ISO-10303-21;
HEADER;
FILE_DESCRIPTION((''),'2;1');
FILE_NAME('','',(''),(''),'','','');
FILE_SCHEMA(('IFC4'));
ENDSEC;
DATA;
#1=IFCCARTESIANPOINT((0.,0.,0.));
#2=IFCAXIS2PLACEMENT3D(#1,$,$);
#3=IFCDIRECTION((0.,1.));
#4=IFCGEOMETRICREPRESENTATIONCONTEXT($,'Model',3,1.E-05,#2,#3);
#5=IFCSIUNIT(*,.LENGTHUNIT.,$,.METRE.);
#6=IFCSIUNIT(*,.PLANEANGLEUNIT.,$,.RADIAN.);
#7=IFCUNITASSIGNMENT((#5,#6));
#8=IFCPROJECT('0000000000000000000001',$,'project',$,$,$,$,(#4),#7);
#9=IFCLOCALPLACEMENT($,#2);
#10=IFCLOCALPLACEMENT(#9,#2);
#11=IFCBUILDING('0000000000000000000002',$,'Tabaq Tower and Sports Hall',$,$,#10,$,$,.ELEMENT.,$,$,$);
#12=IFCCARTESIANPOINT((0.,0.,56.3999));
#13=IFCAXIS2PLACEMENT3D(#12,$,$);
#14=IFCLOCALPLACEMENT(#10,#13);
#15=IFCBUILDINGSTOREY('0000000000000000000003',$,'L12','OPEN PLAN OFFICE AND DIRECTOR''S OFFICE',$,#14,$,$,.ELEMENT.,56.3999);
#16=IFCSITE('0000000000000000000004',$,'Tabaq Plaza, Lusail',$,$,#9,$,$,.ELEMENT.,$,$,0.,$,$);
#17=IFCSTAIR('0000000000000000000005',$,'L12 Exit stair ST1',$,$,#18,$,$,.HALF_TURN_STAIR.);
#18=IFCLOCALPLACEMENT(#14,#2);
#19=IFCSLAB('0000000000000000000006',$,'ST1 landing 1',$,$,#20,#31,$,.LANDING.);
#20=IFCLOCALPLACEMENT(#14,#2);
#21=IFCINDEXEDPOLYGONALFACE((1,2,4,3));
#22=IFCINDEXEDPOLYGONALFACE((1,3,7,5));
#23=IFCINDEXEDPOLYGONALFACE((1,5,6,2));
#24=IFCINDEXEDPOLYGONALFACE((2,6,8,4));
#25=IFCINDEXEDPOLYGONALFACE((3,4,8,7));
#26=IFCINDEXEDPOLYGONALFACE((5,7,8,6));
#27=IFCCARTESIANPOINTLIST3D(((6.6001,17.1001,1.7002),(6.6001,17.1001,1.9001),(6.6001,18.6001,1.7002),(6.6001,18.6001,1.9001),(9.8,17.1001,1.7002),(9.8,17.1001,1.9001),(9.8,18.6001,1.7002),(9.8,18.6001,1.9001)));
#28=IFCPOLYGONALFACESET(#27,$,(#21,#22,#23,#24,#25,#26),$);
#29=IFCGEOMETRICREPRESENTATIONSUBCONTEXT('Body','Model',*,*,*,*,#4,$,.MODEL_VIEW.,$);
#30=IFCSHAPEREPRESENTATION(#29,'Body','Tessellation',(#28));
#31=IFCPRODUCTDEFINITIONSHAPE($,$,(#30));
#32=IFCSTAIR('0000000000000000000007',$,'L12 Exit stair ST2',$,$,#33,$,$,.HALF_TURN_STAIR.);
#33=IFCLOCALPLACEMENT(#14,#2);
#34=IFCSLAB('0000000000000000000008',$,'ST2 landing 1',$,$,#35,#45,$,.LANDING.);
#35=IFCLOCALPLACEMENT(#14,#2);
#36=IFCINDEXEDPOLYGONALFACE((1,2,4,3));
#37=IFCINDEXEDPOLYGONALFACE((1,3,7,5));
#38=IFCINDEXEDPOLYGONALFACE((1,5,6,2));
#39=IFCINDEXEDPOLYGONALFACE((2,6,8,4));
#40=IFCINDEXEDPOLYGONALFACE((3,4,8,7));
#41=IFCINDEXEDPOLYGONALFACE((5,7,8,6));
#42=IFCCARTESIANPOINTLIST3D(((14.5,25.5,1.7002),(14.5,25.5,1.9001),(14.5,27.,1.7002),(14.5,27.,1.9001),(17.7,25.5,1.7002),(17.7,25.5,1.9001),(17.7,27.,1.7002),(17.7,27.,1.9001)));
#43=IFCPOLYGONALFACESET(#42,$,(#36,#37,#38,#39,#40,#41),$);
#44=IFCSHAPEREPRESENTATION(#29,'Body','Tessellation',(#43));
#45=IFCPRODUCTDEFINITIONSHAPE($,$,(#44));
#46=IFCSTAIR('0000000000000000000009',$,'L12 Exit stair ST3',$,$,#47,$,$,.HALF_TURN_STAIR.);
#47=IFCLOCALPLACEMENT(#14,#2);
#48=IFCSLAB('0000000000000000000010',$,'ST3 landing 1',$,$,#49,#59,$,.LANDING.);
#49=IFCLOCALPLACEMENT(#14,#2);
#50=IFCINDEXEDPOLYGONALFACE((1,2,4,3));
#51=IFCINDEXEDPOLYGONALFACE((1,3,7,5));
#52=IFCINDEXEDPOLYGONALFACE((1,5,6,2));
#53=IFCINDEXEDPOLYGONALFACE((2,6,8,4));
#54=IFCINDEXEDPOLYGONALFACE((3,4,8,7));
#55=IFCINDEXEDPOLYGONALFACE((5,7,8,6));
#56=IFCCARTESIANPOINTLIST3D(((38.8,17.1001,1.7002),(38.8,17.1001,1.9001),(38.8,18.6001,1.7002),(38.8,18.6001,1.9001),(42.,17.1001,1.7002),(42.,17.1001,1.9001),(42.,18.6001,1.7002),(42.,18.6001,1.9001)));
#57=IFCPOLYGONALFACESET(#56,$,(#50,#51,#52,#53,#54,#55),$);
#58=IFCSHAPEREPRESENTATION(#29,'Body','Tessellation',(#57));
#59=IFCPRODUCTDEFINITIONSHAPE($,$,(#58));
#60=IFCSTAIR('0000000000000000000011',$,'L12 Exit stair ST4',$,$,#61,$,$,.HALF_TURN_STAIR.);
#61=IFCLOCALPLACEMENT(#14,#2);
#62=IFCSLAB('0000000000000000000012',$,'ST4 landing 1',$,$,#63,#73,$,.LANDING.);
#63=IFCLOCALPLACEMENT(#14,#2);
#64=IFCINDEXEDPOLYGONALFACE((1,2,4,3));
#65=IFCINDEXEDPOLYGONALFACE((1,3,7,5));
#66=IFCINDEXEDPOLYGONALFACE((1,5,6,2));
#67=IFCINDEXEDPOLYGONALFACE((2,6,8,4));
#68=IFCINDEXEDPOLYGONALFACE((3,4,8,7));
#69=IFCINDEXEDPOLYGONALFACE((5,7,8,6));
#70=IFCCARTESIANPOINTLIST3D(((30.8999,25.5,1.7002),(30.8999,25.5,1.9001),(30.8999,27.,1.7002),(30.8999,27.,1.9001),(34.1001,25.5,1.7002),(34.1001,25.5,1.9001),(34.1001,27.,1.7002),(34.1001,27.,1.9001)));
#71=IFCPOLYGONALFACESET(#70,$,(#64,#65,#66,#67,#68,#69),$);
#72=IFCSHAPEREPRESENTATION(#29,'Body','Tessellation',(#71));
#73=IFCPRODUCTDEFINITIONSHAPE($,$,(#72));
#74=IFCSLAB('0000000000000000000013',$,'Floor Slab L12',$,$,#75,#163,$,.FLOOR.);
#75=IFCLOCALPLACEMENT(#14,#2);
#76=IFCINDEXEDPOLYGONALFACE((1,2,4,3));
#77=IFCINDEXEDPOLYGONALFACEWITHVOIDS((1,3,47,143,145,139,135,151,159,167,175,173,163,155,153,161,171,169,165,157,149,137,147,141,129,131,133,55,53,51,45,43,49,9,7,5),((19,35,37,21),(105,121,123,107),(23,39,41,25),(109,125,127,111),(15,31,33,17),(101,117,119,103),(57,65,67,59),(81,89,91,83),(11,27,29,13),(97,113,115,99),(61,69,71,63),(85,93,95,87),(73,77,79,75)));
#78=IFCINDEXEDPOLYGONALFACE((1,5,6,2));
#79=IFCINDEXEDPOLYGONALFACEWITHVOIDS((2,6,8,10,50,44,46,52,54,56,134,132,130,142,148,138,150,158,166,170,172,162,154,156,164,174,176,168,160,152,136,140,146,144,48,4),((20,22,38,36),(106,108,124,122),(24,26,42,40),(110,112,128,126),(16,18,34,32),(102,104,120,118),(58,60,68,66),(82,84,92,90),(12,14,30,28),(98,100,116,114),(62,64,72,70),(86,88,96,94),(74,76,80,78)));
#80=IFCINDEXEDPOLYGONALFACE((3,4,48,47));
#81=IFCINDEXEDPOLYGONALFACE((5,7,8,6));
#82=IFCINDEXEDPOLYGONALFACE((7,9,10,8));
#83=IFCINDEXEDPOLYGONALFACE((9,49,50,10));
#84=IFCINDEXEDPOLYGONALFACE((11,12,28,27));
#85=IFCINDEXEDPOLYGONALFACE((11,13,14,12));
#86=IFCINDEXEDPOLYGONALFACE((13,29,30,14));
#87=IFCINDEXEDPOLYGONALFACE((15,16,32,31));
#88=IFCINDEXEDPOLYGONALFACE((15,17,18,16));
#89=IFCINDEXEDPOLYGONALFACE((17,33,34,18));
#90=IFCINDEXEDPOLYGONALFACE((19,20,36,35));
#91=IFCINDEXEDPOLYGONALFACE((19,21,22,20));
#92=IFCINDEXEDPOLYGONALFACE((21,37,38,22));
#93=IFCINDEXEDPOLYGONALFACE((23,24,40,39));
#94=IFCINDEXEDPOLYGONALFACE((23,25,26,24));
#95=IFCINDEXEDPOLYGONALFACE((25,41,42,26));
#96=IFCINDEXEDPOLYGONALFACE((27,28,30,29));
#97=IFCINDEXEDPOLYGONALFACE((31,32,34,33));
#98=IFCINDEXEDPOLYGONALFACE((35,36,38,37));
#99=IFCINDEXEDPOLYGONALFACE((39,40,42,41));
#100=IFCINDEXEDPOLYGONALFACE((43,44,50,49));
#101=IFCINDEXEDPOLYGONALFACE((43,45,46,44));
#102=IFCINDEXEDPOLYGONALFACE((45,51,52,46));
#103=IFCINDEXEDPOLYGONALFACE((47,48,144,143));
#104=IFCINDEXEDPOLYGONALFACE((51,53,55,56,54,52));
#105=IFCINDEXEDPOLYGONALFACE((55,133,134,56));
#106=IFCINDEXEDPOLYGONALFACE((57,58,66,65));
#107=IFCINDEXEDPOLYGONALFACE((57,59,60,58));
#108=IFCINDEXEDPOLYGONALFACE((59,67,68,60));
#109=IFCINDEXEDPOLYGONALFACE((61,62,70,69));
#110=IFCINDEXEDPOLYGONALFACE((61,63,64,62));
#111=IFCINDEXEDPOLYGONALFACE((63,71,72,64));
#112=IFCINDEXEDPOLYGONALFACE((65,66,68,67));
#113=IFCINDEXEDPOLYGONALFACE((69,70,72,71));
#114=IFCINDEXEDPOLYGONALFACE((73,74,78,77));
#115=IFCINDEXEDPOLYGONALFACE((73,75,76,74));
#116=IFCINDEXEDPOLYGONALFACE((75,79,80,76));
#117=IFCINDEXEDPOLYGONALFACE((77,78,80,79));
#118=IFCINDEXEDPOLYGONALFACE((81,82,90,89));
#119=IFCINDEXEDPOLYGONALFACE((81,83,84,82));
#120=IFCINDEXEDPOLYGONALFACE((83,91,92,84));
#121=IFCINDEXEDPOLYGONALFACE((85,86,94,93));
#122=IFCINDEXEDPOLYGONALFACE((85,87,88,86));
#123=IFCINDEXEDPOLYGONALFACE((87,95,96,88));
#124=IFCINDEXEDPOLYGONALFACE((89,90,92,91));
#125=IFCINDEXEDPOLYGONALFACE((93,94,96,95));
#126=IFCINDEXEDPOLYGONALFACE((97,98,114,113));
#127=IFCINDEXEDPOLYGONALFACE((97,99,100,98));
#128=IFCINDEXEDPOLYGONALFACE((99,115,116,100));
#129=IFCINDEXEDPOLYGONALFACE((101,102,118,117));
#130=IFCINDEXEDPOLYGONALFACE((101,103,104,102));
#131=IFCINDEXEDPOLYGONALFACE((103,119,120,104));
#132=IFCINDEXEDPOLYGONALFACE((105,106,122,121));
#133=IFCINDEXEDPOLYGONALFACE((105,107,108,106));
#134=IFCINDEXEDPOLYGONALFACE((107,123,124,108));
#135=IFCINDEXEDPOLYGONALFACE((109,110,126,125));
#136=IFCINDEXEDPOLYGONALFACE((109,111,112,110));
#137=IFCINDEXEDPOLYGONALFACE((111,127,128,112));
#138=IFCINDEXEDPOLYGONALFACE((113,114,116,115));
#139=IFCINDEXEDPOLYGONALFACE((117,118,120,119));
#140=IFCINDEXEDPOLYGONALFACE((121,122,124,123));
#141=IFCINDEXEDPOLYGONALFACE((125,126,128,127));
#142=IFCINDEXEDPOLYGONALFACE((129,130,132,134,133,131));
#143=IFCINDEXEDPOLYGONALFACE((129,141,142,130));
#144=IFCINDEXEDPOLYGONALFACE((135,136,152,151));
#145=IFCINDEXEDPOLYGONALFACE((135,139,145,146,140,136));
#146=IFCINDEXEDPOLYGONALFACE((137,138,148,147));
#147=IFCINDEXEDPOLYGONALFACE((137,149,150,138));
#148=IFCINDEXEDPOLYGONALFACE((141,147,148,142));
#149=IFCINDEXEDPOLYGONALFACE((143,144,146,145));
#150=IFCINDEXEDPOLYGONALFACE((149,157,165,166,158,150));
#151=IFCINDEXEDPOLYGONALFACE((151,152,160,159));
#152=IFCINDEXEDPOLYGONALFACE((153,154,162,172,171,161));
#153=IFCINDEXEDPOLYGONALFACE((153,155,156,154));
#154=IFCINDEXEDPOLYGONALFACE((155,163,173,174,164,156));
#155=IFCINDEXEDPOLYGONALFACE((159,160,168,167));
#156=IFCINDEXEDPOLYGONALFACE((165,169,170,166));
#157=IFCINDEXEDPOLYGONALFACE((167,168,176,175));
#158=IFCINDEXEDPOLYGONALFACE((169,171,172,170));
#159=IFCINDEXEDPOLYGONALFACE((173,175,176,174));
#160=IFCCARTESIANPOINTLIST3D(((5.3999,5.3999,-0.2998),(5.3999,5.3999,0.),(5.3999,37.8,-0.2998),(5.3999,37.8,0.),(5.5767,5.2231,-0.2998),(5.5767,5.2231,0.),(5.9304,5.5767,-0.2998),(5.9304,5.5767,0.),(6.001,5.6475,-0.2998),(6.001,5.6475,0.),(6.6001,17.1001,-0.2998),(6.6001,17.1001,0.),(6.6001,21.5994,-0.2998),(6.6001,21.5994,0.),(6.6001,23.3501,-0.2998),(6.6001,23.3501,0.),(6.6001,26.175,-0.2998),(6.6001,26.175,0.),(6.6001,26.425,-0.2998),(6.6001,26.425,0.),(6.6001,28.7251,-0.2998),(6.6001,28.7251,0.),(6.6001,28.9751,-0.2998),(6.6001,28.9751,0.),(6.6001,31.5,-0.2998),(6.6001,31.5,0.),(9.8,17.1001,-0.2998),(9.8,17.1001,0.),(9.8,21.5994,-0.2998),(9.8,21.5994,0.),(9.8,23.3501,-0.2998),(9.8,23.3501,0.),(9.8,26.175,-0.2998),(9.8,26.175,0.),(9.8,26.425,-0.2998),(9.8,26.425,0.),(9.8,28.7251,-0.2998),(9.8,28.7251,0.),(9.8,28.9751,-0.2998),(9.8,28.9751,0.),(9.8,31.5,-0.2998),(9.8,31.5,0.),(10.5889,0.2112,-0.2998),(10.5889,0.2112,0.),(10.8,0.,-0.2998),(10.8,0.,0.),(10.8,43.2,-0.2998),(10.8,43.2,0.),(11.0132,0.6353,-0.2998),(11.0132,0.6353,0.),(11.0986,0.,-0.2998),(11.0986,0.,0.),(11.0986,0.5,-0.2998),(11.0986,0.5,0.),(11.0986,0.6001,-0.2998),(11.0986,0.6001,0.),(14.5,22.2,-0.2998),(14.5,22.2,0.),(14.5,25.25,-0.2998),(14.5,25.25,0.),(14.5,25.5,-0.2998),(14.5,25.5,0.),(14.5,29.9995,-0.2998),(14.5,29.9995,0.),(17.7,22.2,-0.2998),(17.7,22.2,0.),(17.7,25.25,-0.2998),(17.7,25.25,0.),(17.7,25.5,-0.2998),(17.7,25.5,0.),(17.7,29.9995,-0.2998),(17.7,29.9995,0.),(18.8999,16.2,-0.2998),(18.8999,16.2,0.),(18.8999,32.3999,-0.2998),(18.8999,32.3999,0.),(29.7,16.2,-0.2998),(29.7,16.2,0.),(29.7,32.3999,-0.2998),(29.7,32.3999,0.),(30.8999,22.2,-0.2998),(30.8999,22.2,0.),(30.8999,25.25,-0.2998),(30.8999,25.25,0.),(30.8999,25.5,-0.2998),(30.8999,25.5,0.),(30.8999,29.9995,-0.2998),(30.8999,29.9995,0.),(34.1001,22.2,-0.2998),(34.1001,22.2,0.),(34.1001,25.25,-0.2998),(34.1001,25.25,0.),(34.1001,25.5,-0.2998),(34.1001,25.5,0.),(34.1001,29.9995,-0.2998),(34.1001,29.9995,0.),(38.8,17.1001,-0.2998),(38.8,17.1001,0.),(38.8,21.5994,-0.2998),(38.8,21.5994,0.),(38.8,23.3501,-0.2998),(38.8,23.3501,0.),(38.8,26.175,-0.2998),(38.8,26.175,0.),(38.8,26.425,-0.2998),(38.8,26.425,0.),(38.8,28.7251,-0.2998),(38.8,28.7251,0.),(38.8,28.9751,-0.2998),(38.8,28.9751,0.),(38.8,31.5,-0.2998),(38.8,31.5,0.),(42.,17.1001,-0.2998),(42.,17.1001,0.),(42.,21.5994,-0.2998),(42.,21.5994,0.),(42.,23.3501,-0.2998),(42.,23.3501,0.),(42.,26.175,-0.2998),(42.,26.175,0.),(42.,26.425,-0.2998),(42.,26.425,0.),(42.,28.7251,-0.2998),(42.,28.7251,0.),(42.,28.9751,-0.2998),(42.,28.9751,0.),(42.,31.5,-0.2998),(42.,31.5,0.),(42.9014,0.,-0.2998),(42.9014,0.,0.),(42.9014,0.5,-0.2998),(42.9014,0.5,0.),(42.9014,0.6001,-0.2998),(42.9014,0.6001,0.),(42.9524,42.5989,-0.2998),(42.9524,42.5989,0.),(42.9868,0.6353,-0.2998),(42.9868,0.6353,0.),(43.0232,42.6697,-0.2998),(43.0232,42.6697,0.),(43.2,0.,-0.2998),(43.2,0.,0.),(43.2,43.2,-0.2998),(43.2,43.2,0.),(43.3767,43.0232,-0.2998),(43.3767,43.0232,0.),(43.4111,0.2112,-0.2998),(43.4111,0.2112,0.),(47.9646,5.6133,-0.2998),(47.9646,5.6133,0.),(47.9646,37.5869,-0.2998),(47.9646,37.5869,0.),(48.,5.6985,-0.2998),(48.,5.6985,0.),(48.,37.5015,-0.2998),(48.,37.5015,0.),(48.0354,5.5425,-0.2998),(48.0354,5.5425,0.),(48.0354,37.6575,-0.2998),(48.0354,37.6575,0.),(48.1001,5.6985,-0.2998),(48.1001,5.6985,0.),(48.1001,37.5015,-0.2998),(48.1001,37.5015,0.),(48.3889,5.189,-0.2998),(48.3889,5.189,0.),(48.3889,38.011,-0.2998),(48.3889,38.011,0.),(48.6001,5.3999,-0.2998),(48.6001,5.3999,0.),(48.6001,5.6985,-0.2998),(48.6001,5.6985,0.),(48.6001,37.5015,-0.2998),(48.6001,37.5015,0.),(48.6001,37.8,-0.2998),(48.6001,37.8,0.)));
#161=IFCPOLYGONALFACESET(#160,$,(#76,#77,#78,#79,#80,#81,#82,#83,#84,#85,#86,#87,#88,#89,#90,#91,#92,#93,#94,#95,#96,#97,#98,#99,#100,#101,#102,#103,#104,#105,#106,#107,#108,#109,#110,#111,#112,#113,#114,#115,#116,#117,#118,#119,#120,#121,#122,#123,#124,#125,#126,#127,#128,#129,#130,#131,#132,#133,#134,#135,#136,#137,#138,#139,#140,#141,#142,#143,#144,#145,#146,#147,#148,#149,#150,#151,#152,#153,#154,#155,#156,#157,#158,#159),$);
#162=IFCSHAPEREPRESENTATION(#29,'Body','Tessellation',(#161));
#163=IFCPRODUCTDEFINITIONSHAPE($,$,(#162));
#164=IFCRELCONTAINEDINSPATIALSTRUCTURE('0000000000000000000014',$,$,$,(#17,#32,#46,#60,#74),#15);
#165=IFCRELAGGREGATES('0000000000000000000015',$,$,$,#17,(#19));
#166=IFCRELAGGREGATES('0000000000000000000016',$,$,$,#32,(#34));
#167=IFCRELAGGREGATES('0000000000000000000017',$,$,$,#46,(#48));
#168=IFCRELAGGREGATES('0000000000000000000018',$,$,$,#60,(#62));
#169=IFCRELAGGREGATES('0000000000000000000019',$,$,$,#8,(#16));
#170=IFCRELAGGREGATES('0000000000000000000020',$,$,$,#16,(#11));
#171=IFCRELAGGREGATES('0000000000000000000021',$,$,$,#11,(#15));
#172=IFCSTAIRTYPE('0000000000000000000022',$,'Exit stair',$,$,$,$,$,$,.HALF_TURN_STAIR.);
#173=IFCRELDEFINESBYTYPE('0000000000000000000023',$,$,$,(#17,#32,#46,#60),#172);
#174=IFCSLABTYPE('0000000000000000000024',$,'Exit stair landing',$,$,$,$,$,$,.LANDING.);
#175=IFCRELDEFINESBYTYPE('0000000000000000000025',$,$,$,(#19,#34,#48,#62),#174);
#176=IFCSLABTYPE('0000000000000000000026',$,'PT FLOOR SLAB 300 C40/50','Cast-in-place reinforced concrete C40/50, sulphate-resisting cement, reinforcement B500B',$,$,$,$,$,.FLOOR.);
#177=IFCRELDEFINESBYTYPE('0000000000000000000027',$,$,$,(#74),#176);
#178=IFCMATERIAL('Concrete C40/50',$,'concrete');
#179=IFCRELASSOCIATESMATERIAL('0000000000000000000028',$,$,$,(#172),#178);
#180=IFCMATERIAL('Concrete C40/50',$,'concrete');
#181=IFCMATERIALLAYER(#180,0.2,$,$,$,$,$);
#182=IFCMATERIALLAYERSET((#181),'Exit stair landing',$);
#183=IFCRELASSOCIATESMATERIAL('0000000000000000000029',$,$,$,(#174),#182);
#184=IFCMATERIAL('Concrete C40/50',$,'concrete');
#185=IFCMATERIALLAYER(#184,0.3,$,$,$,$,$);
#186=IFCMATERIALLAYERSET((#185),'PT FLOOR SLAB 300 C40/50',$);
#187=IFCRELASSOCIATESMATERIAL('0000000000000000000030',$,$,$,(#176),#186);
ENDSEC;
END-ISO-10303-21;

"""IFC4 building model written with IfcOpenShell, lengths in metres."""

from ifc_helpers import new_model, si_unit, direction, frame, origin, place, context, subcontext, project, spatial, polyline, outline, extrude, material, layer, layer_set, type_object, element, aggregate, save


model = new_model("IFC4")

# Units and contexts
model_context = context("Model", 3, precision=1e-05, world=origin(), true_north=direction((0.0, 1.0)))
body_context = subcontext(model_context, "Body", "Model", "MODEL_VIEW")
ifc_project = project(units=[si_unit("LENGTHUNIT", "METRE"), si_unit("PLANEANGLEUNIT", "RADIAN")], contexts=[model_context])

# Site, building, storey
site_placement = place(None, origin())
site = spatial("IfcSite", under=ifc_project, at=site_placement, Name="Tabaq Plaza, Lusail", CompositionType="ELEMENT", RefElevation=0.0)
building_placement = place(site_placement, origin())
building = spatial("IfcBuilding", under=site, at=building_placement, Name="Tabaq Tower and Sports Hall", CompositionType="ELEMENT")
storey_placement = place(building_placement, frame((0.0, 0.0, 56.3999)))
storey = spatial("IfcBuildingStorey", under=building, at=storey_placement, Name="L12", Description="OPEN PLAN OFFICE AND DIRECTOR'S OFFICE", CompositionType="ELEMENT", Elevation=56.3999)

# Stairs, slabs
ifc_material_1 = material(Name="Concrete C40/50", Category="concrete")
stair_type = type_object("IfcStairType", Name="Exit stair", PredefinedType="HALF_TURN_STAIR", material=ifc_material_1)
stair_1_placement = place(storey_placement, origin())
stair_1 = element("IfcStair", 1, at=stair_1_placement, inside=storey, type_object=stair_type, Name="L12 Exit stair ST1", PredefinedType="HALF_TURN_STAIR")
ifc_material_2 = material(Name="Concrete C40/50", Category="concrete")
ifc_layer_1 = layer(ifc_material_2, 0.2)
ifc_layer_set_1 = layer_set([ifc_layer_1], Name="Exit stair landing")
slab_type_1 = type_object("IfcSlabType", Name="Exit stair landing", PredefinedType="LANDING", material=ifc_layer_set_1)
slab_1_placement = place(storey_placement, frame((0.0, 0.0, 1.7002)))
slab_1 = element("IfcSlab", 2, at=slab_1_placement, type_object=slab_type_1, Name="ST1 landing 1", PredefinedType="LANDING", context=body_context, shape_type="SweptSolid", body=[
    extrude(outline(polyline([(6.6001, 18.6001), (6.6001, 17.1001), (9.8, 17.1001), (9.8, 18.6001), (6.6001, 18.6001)])), origin(), (0.0, 0.0, 1.0), 0.2),
])
aggregate(stair_1, [slab_1])
stair_2_placement = place(storey_placement, origin())
stair_2 = element("IfcStair", 3, at=stair_2_placement, inside=storey, type_object=stair_type, Name="L12 Exit stair ST2", PredefinedType="HALF_TURN_STAIR")
slab_2_placement = place(storey_placement, frame((0.0, 0.0, 1.7002)))
slab_2 = element("IfcSlab", 4, at=slab_2_placement, type_object=slab_type_1, Name="ST2 landing 1", PredefinedType="LANDING", context=body_context, shape_type="SweptSolid", body=[
    extrude(outline(polyline([(14.5, 27.0), (14.5, 25.5), (17.7, 25.5), (17.7, 27.0), (14.5, 27.0)])), origin(), (0.0, 0.0, 1.0), 0.2),
])
aggregate(stair_2, [slab_2])
stair_3_placement = place(storey_placement, origin())
stair_3 = element("IfcStair", 5, at=stair_3_placement, inside=storey, type_object=stair_type, Name="L12 Exit stair ST3", PredefinedType="HALF_TURN_STAIR")
slab_3_placement = place(storey_placement, frame((0.0, 0.0, 1.7002)))
slab_3 = element("IfcSlab", 6, at=slab_3_placement, type_object=slab_type_1, Name="ST3 landing 1", PredefinedType="LANDING", context=body_context, shape_type="SweptSolid", body=[
    extrude(outline(polyline([(38.8, 18.6001), (38.8, 17.1001), (42.0, 17.1001), (42.0, 18.6001), (38.8, 18.6001)])), origin(), (0.0, 0.0, 1.0), 0.2),
])
aggregate(stair_3, [slab_3])
stair_4_placement = place(storey_placement, origin())
stair_4 = element("IfcStair", 7, at=stair_4_placement, inside=storey, type_object=stair_type, Name="L12 Exit stair ST4", PredefinedType="HALF_TURN_STAIR")
slab_4_placement = place(storey_placement, frame((0.0, 0.0, 1.7002)))
slab_4 = element("IfcSlab", 8, at=slab_4_placement, type_object=slab_type_1, Name="ST4 landing 1", PredefinedType="LANDING", context=body_context, shape_type="SweptSolid", body=[
    extrude(outline(polyline([(30.8999, 27.0), (30.8999, 25.5), (34.1001, 25.5), (34.1001, 27.0), (30.8999, 27.0)])), origin(), (0.0, 0.0, 1.0), 0.2),
])
aggregate(stair_4, [slab_4])

# Slab
ifc_material_3 = material(Name="Concrete C40/50", Category="concrete")
ifc_layer_2 = layer(ifc_material_3, 0.3)
ifc_layer_set_2 = layer_set([ifc_layer_2], Name="PT FLOOR SLAB 300 C40/50")
slab_type_2 = type_object("IfcSlabType", Name="PT FLOOR SLAB 300 C40/50", Description="Cast-in-place reinforced concrete C40/50, sulphate-resisting cement, reinforcement B500B", PredefinedType="FLOOR", material=ifc_layer_set_2)
slab_5_placement = place(storey_placement, frame((0.0, 0.0, -0.2998)))
element("IfcSlab", 9, at=slab_5_placement, inside=storey, type_object=slab_type_2, Name="Floor Slab L12", PredefinedType="FLOOR", context=body_context, shape_type="SweptSolid", body=[
    extrude(outline(polyline([(5.3999, 37.8), (5.3999, 5.3999), (5.5767, 5.2231), (5.9304, 5.5767), (6.001, 5.6475), (11.0132, 0.6353), (10.5889, 0.2112), (10.8, 0.0), (11.0986, 0.0), (11.0986, 0.5), (11.0986, 0.6001), (42.9014, 0.6001), (42.9014, 0.5), (42.9014, 0.0), (43.2, 0.0), (43.4111, 0.2112), (42.9868, 0.6353), (47.9646, 5.6133), (48.0354, 5.5425), (48.3889, 5.189), (48.6001, 5.3999), (48.6001, 5.6985), (48.1001, 5.6985), (48.0, 5.6985), (48.0, 37.5015), (48.1001, 37.5015), (48.6001, 37.5015), (48.6001, 37.8), (48.3889, 38.011), (48.0354, 37.6575), (47.9646, 37.5869), (42.9524, 42.5989), (43.0232, 42.6697), (43.3767, 43.0232), (43.2, 43.2), (10.8, 43.2), (5.3999, 37.8)]), holes=[polyline([(6.6001, 21.5994), (9.8, 21.5994), (9.8, 17.1001), (6.6001, 17.1001), (6.6001, 21.5994)]), polyline([(17.7, 25.25), (17.7, 22.2), (14.5, 22.2), (14.5, 25.25), (17.7, 25.25)]), polyline([(18.8999, 32.3999), (29.7, 32.3999), (29.7, 16.2), (18.8999, 16.2), (18.8999, 32.3999)]), polyline([(6.6001, 26.175), (9.8, 26.175), (9.8, 23.3501), (6.6001, 23.3501), (6.6001, 26.175)]), polyline([(9.8, 28.7251), (9.8, 26.425), (6.6001, 26.425), (6.6001, 28.7251), (9.8, 28.7251)]), polyline([(17.7, 29.9995), (17.7, 25.5), (14.5, 25.5), (14.5, 29.9995), (17.7, 29.9995)]), polyline([(6.6001, 31.5), (9.8, 31.5), (9.8, 28.9751), (6.6001, 28.9751), (6.6001, 31.5)]), polyline([(42.0, 21.5994), (42.0, 17.1001), (38.8, 17.1001), (38.8, 21.5994), (42.0, 21.5994)]), polyline([(34.1001, 25.25), (34.1001, 22.2), (30.8999, 22.2), (30.8999, 25.25), (34.1001, 25.25)]), polyline([(42.0, 26.175), (42.0, 23.3501), (38.8, 23.3501), (38.8, 26.175), (42.0, 26.175)]), polyline([(42.0, 28.7251), (42.0, 26.425), (38.8, 26.425), (38.8, 28.7251), (42.0, 28.7251)]), polyline([(34.1001, 29.9995), (34.1001, 25.5), (30.8999, 25.5), (30.8999, 29.9995), (34.1001, 29.9995)]), polyline([(42.0, 31.5), (42.0, 28.9751), (38.8, 28.9751), (38.8, 31.5), (42.0, 31.5)])]), origin(), (0.0, 0.0, 1.0), 0.2998),
])

save(model, "model.ifc")
